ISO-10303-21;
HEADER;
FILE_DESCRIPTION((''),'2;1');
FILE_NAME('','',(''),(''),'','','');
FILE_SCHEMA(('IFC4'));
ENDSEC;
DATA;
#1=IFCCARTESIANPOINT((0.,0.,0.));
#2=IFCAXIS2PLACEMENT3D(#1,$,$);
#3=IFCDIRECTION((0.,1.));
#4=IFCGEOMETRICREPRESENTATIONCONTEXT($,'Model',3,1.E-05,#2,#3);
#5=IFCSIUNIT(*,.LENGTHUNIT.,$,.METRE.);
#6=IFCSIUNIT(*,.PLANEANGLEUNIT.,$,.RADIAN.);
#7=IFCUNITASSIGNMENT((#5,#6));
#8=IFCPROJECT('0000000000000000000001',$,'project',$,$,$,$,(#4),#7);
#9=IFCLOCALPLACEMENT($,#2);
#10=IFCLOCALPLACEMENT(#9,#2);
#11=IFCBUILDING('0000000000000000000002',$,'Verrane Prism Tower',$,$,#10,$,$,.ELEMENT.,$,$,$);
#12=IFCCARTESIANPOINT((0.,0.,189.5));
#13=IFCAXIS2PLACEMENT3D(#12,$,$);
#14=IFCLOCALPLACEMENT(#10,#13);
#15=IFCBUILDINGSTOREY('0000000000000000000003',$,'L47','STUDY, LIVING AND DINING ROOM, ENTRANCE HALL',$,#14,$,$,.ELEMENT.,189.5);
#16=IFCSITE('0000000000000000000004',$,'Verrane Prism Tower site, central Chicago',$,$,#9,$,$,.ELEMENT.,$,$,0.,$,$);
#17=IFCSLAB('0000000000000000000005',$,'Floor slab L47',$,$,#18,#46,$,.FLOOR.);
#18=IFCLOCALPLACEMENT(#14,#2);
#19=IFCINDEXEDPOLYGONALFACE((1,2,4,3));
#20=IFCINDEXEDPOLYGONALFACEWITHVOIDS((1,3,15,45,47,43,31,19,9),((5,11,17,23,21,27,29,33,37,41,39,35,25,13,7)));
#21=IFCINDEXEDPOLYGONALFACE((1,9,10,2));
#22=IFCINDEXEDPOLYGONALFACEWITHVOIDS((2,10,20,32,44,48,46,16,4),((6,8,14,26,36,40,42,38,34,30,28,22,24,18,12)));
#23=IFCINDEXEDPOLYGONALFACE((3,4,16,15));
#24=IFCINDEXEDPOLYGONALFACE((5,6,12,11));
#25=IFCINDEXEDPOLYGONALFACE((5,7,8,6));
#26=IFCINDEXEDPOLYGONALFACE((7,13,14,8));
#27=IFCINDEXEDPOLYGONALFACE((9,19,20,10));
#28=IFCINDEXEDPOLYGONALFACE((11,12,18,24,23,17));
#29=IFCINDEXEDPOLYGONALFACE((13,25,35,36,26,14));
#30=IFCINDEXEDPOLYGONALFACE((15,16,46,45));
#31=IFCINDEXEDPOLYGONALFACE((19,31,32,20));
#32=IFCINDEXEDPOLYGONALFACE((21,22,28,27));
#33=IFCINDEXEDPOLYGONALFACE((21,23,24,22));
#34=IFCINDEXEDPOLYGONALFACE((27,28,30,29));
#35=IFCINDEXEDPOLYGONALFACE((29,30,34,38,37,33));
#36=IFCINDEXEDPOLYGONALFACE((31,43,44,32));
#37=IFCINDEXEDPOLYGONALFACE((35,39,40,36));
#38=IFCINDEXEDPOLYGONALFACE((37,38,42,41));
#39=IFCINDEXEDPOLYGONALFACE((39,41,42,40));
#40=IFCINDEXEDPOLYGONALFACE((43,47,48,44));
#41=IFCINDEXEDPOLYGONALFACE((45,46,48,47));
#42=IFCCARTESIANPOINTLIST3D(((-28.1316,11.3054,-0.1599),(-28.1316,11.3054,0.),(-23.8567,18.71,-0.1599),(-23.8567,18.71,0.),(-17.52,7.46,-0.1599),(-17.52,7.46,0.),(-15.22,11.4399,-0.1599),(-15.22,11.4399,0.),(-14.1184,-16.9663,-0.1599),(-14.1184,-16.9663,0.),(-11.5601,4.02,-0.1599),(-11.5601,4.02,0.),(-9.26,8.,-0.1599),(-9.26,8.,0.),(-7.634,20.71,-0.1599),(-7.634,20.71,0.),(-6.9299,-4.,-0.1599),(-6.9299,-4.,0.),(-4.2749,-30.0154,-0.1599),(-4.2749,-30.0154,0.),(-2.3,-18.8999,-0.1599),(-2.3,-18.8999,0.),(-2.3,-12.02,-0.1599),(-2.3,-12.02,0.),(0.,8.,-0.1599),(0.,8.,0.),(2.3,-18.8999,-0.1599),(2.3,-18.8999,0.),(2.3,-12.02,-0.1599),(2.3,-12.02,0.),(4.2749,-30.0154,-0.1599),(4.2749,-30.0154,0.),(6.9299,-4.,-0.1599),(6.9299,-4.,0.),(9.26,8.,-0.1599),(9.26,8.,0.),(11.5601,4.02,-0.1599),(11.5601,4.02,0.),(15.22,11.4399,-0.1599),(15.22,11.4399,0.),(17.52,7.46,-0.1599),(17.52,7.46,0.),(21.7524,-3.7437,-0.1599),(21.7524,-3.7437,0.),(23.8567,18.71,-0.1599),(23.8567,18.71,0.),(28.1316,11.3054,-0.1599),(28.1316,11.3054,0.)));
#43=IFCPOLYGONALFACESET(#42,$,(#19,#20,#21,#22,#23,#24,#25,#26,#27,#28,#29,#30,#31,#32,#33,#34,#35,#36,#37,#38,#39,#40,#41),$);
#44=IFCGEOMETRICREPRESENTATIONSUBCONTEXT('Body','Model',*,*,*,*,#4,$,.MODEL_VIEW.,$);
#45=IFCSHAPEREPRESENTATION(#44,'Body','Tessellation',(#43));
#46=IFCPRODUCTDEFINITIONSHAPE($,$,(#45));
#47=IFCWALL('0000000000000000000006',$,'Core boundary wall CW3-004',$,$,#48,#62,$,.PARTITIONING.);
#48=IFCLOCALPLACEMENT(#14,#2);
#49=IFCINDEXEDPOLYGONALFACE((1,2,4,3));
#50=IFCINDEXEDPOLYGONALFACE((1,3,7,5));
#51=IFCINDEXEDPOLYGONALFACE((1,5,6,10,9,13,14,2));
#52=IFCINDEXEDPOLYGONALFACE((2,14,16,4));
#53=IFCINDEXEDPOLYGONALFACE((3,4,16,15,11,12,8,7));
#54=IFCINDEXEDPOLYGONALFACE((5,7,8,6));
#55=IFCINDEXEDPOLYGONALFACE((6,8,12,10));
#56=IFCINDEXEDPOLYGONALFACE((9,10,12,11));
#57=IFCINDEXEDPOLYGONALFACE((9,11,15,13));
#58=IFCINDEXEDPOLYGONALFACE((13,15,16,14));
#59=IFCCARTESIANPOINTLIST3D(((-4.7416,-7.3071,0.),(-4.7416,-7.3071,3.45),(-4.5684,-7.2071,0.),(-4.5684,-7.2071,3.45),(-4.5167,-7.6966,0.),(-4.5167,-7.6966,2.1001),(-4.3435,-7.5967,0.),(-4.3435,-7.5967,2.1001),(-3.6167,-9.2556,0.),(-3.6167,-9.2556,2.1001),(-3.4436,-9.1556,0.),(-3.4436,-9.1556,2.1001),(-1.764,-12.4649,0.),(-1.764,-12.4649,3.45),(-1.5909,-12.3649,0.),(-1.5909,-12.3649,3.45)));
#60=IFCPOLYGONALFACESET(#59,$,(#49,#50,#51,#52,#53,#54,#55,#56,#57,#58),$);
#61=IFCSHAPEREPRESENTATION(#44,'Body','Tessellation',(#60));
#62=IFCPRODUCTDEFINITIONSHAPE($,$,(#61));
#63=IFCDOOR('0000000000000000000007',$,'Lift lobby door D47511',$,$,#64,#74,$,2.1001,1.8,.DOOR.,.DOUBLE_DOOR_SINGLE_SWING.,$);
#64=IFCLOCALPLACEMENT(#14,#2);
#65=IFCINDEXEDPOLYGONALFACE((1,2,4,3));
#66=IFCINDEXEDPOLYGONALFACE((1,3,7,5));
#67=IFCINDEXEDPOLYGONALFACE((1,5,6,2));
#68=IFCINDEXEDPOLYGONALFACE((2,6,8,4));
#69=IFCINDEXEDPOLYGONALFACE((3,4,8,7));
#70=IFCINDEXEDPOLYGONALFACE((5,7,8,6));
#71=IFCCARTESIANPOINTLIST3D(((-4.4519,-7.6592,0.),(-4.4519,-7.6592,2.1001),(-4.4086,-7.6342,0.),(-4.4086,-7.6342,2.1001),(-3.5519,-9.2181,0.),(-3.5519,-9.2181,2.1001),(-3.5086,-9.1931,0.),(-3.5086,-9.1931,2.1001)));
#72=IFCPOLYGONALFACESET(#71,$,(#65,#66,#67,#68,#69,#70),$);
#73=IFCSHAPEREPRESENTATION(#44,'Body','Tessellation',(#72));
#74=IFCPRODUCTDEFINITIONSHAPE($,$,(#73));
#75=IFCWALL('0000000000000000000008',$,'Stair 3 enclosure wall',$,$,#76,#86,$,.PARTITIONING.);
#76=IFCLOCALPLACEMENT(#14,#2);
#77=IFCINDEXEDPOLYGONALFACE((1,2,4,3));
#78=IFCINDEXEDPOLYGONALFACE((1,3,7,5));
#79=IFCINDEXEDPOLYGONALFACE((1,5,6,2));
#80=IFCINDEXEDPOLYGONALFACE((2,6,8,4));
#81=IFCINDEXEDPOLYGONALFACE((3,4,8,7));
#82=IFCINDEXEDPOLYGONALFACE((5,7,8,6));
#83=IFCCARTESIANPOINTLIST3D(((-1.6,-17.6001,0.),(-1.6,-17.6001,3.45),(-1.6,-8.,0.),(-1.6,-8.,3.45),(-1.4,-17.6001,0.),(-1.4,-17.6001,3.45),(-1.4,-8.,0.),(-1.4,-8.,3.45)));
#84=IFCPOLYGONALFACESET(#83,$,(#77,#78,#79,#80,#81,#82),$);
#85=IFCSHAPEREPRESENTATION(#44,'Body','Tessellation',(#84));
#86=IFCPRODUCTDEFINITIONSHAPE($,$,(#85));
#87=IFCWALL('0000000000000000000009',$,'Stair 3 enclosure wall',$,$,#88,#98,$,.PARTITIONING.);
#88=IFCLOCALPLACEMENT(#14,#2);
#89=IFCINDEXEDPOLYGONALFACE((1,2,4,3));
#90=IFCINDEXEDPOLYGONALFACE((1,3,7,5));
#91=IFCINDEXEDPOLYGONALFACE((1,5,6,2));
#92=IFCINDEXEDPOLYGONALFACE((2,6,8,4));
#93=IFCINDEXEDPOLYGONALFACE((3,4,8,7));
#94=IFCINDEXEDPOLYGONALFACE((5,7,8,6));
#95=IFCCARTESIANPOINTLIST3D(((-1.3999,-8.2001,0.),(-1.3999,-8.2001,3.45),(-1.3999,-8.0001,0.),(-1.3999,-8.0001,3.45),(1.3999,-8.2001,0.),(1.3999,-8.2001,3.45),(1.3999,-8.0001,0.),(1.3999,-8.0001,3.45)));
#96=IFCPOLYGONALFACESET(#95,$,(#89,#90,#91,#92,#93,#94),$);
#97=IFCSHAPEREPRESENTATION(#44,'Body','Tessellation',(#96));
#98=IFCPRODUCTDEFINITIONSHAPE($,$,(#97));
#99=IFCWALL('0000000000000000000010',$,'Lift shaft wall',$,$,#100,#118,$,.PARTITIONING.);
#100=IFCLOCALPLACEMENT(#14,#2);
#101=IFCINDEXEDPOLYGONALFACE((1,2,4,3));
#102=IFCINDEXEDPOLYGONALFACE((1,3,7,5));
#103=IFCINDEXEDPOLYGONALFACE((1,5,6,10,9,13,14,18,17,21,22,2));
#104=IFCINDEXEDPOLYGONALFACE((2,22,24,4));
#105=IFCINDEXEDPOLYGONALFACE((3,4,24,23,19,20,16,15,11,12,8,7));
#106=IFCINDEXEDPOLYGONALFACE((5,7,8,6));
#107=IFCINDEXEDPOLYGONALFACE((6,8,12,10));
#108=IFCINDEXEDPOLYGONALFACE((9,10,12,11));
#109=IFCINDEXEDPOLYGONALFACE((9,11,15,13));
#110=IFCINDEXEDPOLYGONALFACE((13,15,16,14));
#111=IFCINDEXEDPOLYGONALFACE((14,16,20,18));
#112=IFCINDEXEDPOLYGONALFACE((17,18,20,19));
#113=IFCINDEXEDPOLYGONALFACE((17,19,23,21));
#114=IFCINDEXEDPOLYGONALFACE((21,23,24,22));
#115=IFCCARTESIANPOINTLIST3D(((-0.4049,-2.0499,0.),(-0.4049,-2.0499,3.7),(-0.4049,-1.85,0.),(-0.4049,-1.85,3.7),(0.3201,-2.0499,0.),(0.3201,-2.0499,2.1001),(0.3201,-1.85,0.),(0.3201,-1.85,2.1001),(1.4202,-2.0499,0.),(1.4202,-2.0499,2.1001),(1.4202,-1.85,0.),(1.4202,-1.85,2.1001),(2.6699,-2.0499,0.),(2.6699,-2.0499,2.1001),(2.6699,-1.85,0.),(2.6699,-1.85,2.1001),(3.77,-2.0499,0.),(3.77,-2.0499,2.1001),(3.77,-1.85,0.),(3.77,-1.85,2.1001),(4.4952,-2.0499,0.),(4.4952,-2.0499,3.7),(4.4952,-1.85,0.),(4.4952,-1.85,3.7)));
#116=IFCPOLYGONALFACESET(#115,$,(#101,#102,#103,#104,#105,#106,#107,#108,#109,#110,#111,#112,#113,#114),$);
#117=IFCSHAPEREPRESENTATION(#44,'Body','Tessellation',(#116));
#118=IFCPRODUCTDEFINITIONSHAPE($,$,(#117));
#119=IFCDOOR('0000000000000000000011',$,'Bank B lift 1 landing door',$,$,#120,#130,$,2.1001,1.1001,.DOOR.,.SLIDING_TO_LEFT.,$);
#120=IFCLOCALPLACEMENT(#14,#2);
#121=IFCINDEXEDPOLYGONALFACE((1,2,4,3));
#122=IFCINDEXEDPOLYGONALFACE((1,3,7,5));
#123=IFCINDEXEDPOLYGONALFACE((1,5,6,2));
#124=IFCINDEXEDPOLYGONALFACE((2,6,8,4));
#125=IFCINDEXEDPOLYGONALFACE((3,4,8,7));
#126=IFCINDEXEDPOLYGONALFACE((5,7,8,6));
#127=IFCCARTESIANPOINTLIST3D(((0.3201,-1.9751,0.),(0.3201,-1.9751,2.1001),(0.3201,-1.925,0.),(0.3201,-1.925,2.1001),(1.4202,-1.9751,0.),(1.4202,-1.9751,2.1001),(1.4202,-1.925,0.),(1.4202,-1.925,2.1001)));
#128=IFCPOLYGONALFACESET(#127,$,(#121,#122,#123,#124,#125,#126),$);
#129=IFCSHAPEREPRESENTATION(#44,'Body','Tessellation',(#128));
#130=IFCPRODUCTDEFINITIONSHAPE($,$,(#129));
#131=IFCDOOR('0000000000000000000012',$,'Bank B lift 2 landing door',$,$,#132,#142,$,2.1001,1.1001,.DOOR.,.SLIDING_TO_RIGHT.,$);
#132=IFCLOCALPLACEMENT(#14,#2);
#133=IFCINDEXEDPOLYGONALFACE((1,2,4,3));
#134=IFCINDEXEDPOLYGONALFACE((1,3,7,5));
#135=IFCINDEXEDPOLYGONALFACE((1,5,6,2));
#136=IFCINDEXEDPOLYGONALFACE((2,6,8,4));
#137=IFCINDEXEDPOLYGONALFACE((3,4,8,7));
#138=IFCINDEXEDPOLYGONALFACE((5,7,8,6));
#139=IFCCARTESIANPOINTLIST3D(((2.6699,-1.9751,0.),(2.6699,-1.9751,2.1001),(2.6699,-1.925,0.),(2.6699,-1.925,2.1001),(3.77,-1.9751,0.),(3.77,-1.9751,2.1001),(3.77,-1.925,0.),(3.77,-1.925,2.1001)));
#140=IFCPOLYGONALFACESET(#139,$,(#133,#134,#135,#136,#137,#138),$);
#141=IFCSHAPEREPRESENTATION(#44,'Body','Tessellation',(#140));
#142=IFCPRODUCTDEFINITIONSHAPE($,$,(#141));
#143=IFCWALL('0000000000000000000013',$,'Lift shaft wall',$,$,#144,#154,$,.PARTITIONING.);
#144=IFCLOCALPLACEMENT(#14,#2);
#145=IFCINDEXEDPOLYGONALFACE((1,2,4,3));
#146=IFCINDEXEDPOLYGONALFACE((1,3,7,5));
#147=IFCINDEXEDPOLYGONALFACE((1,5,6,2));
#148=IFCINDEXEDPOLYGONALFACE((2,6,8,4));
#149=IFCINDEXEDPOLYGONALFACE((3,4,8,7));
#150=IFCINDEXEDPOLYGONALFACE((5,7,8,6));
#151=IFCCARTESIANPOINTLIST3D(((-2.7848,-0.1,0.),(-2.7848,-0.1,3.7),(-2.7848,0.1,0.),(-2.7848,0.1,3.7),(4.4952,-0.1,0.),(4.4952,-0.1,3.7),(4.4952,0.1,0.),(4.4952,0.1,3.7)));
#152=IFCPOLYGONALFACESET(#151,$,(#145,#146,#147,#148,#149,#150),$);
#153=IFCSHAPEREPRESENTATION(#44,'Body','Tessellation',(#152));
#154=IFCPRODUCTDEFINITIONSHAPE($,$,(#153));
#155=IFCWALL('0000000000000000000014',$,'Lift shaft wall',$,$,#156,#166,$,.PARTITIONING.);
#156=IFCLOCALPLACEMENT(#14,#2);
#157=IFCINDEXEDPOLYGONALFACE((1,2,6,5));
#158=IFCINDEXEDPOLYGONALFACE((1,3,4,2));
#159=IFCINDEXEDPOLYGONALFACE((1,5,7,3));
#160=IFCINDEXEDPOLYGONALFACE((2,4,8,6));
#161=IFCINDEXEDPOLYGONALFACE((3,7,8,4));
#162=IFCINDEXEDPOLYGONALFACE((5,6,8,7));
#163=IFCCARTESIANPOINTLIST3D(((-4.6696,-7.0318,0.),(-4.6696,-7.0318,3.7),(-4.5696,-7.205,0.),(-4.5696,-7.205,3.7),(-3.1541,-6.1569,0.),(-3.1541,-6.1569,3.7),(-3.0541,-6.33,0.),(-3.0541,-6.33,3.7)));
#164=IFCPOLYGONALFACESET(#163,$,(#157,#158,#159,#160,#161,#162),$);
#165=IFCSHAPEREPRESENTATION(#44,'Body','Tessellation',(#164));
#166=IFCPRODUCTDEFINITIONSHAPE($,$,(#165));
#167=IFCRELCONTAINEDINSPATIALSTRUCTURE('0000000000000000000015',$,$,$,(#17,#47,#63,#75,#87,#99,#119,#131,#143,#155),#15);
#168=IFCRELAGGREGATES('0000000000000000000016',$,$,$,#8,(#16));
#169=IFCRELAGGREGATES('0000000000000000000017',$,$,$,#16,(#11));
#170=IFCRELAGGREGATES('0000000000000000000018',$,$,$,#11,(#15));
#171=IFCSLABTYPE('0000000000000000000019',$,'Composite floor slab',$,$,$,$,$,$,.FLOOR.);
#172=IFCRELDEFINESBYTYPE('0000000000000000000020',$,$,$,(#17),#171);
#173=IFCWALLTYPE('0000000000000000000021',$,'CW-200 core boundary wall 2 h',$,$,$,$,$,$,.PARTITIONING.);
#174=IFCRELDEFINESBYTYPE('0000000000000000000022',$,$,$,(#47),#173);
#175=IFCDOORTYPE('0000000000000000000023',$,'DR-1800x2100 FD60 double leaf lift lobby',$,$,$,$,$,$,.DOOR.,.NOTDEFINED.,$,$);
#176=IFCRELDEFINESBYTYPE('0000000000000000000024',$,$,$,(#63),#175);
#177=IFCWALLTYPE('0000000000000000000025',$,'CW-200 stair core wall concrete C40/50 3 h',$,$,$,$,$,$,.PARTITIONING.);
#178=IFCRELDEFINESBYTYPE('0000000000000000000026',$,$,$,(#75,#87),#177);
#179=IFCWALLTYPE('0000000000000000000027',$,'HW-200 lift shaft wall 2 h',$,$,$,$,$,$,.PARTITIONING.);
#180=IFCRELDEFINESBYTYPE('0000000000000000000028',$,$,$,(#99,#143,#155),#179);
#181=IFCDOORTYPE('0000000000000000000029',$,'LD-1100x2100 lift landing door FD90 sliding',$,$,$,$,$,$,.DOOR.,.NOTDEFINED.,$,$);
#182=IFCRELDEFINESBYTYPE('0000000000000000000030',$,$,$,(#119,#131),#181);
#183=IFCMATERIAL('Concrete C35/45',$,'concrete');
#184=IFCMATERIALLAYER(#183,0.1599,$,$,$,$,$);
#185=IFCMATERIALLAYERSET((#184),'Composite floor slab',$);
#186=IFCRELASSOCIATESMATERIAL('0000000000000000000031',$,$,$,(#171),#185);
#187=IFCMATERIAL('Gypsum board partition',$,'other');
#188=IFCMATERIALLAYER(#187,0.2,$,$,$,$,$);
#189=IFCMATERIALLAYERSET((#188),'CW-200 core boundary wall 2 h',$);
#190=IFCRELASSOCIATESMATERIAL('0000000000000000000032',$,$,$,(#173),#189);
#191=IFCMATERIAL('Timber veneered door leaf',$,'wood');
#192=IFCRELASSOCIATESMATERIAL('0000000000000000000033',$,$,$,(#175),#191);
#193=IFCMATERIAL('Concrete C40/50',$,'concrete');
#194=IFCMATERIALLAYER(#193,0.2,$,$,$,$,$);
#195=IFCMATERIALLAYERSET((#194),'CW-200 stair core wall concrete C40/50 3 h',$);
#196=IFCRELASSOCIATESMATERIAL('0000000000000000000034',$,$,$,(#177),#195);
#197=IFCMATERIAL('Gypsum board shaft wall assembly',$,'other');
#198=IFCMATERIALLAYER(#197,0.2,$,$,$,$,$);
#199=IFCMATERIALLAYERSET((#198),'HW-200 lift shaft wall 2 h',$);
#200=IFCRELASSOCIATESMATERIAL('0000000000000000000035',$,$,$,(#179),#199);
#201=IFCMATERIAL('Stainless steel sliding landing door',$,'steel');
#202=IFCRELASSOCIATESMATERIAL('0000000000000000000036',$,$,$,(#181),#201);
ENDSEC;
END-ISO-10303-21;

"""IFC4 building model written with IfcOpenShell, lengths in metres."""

from ifc_helpers import new_model, si_unit, direction, frame, frame_2d, origin, place, context, subcontext, project, spatial, polyline, rectangle, outline, extrude, material, layer, layer_set, type_object, element, fill, save


model = new_model("IFC4")

# Units and contexts
model_context = context("Model", 3, precision=1e-05, world=origin(), true_north=direction((0.0, 1.0)))
body_context = subcontext(model_context, "Body", "Model", "MODEL_VIEW")
ifc_project = project(units=[si_unit("LENGTHUNIT", "METRE"), si_unit("PLANEANGLEUNIT", "RADIAN")], contexts=[model_context])

# Site, building, storey
site_placement = place(None, origin())
site = spatial("IfcSite", under=ifc_project, at=site_placement, Name="Verrane Prism Tower site, central Chicago", CompositionType="ELEMENT", RefElevation=0.0)
building_placement = place(site_placement, origin())
building = spatial("IfcBuilding", under=site, at=building_placement, Name="Verrane Prism Tower", CompositionType="ELEMENT")
storey_placement = place(building_placement, frame((0.0, 0.0, 189.5)))
storey = spatial("IfcBuildingStorey", under=building, at=storey_placement, Name="L47", Description="STUDY, LIVING AND DINING ROOM, ENTRANCE HALL", CompositionType="ELEMENT", Elevation=189.5)

# Slab
ifc_material_1 = material(Name="Concrete C35/45", Category="concrete")
ifc_layer_1 = layer(ifc_material_1, 0.1599)
ifc_layer_set_1 = layer_set([ifc_layer_1], Name="Composite floor slab")
slab_type = type_object("IfcSlabType", Name="Composite floor slab", PredefinedType="FLOOR", material=ifc_layer_set_1)
slab_placement = place(storey_placement, frame((0.0, 0.0, -0.1599)))
element("IfcSlab", 1, at=slab_placement, inside=storey, type_object=slab_type, Name="Floor slab L47", PredefinedType="FLOOR", context=body_context, shape_type="SweptSolid", body=[
    extrude(outline(polyline([(21.7524, -3.7437), (4.2749, -30.0154), (-4.2749, -30.0154), (-14.1184, -16.9663), (-28.1316, 11.3054), (-23.8567, 18.71), (-7.634, 20.71), (23.8567, 18.71), (28.1316, 11.3054), (21.7524, -3.7437)]), holes=[polyline([(17.52, 7.46), (15.22, 11.4399), (9.26, 8.0), (0.0, 8.0), (-9.26, 8.0), (-15.22, 11.4399), (-17.52, 7.46), (-11.5601, 4.02), (-6.9299, -4.0), (-2.3, -12.02), (-2.3, -18.8999), (2.3, -18.8999), (2.3, -12.02), (6.9299, -4.0), (11.5601, 4.02), (17.52, 7.46)])]), origin(), (0.0, 0.0, 1.0), 0.1599),
])

# Wall, opening, door
ifc_material_2 = material(Name="Gypsum board partition", Category="other")
ifc_layer_2 = layer(ifc_material_2, 0.2)
ifc_layer_set_2 = layer_set([ifc_layer_2], Name="CW-200 core boundary wall 2 h")
wall_type_1 = type_object("IfcWallType", Name="CW-200 core boundary wall 2 h", PredefinedType="PARTITIONING", material=ifc_layer_set_2)
wall_1_placement = place(storey_placement, frame((-4.655, -7.2571, 0.0), z_axis=(0.0, 0.0, 1.0), x_axis=(0.499966, -0.866045, 0.0)))
wall_1 = element("IfcWall", 2, at=wall_1_placement, inside=storey, type_object=wall_type_1, Name="Core boundary wall CW3-004", PredefinedType="PARTITIONING", context=body_context, shape_type="SweptSolid", body=[
    extrude(rectangle(XDim=5.9556, YDim=0.2, at=frame_2d((2.9778, 0.0))), origin(), (0.0, 0.0, 1.0), 3.45),
])
opening_1_placement = place(wall_1_placement, frame((0.45, 0.0, 0.0)))
opening_1 = element("IfcOpeningElement", 3, at=opening_1_placement, cuts=wall_1, PredefinedType="OPENING", context=body_context, shape_type="SweptSolid", body=[
    extrude(rectangle(XDim=1.8, YDim=2.1001, at=frame_2d((0.8999, 1.05))), frame((0.0, 0.1099, 0.0), z_axis=(0.0, -1.0, 0.0), x_axis=(1.0, 0.0, 0.0)), (0.0, 0.0, 1.0), 0.22),
])
ifc_material_3 = material(Name="Timber veneered door leaf", Category="wood")
door_type_1 = type_object("IfcDoorType", Name="DR-1800x2100 FD60 double leaf lift lobby", OperationType="NOTDEFINED", PredefinedType="DOOR", material=ifc_material_3)
door_1_placement = place(opening_1_placement, origin())
door_1 = element("IfcDoor", 4, at=door_1_placement, inside=storey, type_object=door_type_1, Name="Lift lobby door D47511", OperationType="DOUBLE_DOOR_SINGLE_SWING", OverallHeight=2.1001, OverallWidth=1.8, PredefinedType="DOOR", context=body_context, shape_type="SweptSolid", body=[
    extrude(rectangle(XDim=1.8, YDim=2.1001, at=frame_2d((0.8999, 1.05))), frame((0.0, 0.0249, 0.0), z_axis=(0.0, -1.0, 0.0), x_axis=(1.0, 0.0, 0.0)), (0.0, 0.0, 1.0), 0.05),
])
fill(opening_1, door_1)

# Walls
ifc_material_4 = material(Name="Concrete C40/50", Category="concrete")
ifc_layer_3 = layer(ifc_material_4, 0.2)
ifc_layer_set_3 = layer_set([ifc_layer_3], Name="CW-200 stair core wall concrete C40/50 3 h")
wall_type_2 = type_object("IfcWallType", Name="CW-200 stair core wall concrete C40/50 3 h", PredefinedType="PARTITIONING", material=ifc_layer_set_3)
wall_2_placement = place(storey_placement, frame((-1.5, -8.0, 0.0), z_axis=(0.0, 0.0, 1.0), x_axis=(0.0, -1.0, 0.0)))
element("IfcWall", 5, at=wall_2_placement, inside=storey, type_object=wall_type_2, Name="Stair 3 enclosure wall", PredefinedType="PARTITIONING", context=body_context, shape_type="SweptSolid", body=[
    extrude(rectangle(XDim=9.6001, YDim=0.2, at=frame_2d((4.8, 0.0))), origin(), (0.0, 0.0, 1.0), 3.45),
])
wall_3_placement = place(storey_placement, frame((-1.3999, -8.1001, 0.0), z_axis=(0.0, 0.0, 1.0), x_axis=(1.0, 0.0, 0.0)))
element("IfcWall", 6, at=wall_3_placement, inside=storey, type_object=wall_type_2, Name="Stair 3 enclosure wall", PredefinedType="PARTITIONING", context=body_context, shape_type="SweptSolid", body=[
    extrude(rectangle(XDim=2.7998, YDim=0.2, at=frame_2d((1.3999, 0.0))), origin(), (0.0, 0.0, 1.0), 3.45),
])

# Wall, openings, doors
ifc_material_5 = material(Name="Gypsum board shaft wall assembly", Category="other")
ifc_layer_4 = layer(ifc_material_5, 0.2)
ifc_layer_set_4 = layer_set([ifc_layer_4], Name="HW-200 lift shaft wall 2 h")
wall_type_3 = type_object("IfcWallType", Name="HW-200 lift shaft wall 2 h", PredefinedType="PARTITIONING", material=ifc_layer_set_4)
wall_4_placement = place(storey_placement, frame((-0.405, -1.95, 0.0), z_axis=(0.0, 0.0, 1.0), x_axis=(1.0, 0.0, 0.0)))
wall_4 = element("IfcWall", 7, at=wall_4_placement, inside=storey, type_object=wall_type_3, Name="Lift shaft wall", PredefinedType="PARTITIONING", context=body_context, shape_type="SweptSolid", body=[
    extrude(rectangle(XDim=4.9001, YDim=0.2, at=frame_2d((2.4502, 0.0))), origin(), (0.0, 0.0, 1.0), 3.7),
])
opening_2_placement = place(wall_4_placement, frame((0.7251, 0.0, 0.0)))
opening_2 = element("IfcOpeningElement", 8, at=opening_2_placement, cuts=wall_4, PredefinedType="OPENING", context=body_context, shape_type="SweptSolid", body=[
    extrude(rectangle(XDim=1.1001, YDim=2.1001, at=frame_2d((0.55, 1.05))), frame((0.0, 0.1099, 0.0), z_axis=(0.0, -1.0, 0.0), x_axis=(1.0, 0.0, 0.0)), (0.0, 0.0, 1.0), 0.22),
])
opening_3_placement = place(wall_4_placement, frame((3.075, 0.0, 0.0)))
opening_3 = element("IfcOpeningElement", 9, at=opening_3_placement, cuts=wall_4, PredefinedType="OPENING", context=body_context, shape_type="SweptSolid", body=[
    extrude(rectangle(XDim=1.1001, YDim=2.1001, at=frame_2d((0.55, 1.05))), frame((0.0, 0.1099, 0.0), z_axis=(0.0, -1.0, 0.0), x_axis=(1.0, 0.0, 0.0)), (0.0, 0.0, 1.0), 0.22),
])
ifc_material_6 = material(Name="Stainless steel sliding landing door", Category="steel")
door_type_2 = type_object("IfcDoorType", Name="LD-1100x2100 lift landing door FD90 sliding", OperationType="NOTDEFINED", PredefinedType="DOOR", material=ifc_material_6)
door_2_placement = place(opening_2_placement, origin())
door_2 = element("IfcDoor", 10, at=door_2_placement, inside=storey, type_object=door_type_2, Name="Bank B lift 1 landing door", OperationType="SLIDING_TO_LEFT", OverallHeight=2.1001, OverallWidth=1.1001, PredefinedType="DOOR", context=body_context, shape_type="SweptSolid", body=[
    extrude(rectangle(XDim=1.1001, YDim=2.1001, at=frame_2d((0.55, 1.05))), frame((0.0, 0.0249, 0.0), z_axis=(0.0, -1.0, 0.0), x_axis=(1.0, 0.0, 0.0)), (0.0, 0.0, 1.0), 0.05),
])
fill(opening_2, door_2)
door_3_placement = place(opening_3_placement, origin())
door_3 = element("IfcDoor", 11, at=door_3_placement, inside=storey, type_object=door_type_2, Name="Bank B lift 2 landing door", OperationType="SLIDING_TO_RIGHT", OverallHeight=2.1001, OverallWidth=1.1001, PredefinedType="DOOR", context=body_context, shape_type="SweptSolid", body=[
    extrude(rectangle(XDim=1.1001, YDim=2.1001, at=frame_2d((0.55, 1.05))), frame((0.0, 0.0249, 0.0), z_axis=(0.0, -1.0, 0.0), x_axis=(1.0, 0.0, 0.0)), (0.0, 0.0, 1.0), 0.05),
])
fill(opening_3, door_3)

# Walls
wall_5_placement = place(storey_placement, frame((-2.7849, 0.0, 0.0), z_axis=(0.0, 0.0, 1.0), x_axis=(1.0, 0.0, 0.0)))
element("IfcWall", 12, at=wall_5_placement, inside=storey, type_object=wall_type_3, Name="Lift shaft wall", PredefinedType="PARTITIONING", context=body_context, shape_type="SweptSolid", body=[
    extrude(rectangle(XDim=7.28, YDim=0.2, at=frame_2d((3.6401, 0.0))), origin(), (0.0, 0.0, 1.0), 3.7),
])
for number, where, z_axis, x_axis, name in (
    (13, (-4.6196, -7.1184, 0.0), (0.0, 0.0, 1.0), (0.866037, 0.49998, 0.0), "Lift shaft wall"),
):
    element("IfcWall", number, at=place(storey_placement, frame(where, z_axis=z_axis, x_axis=x_axis)), inside=storey, type_object=wall_type_3, Name=name, PredefinedType="PARTITIONING", context=body_context, shape_type="SweptSolid", body=[
        extrude(rectangle(XDim=1.75, YDim=0.2, at=frame_2d((0.875, 0.0))), origin(), (0.0, 0.0, 1.0), 3.7),
    ])

save(model, "model.ifc")
